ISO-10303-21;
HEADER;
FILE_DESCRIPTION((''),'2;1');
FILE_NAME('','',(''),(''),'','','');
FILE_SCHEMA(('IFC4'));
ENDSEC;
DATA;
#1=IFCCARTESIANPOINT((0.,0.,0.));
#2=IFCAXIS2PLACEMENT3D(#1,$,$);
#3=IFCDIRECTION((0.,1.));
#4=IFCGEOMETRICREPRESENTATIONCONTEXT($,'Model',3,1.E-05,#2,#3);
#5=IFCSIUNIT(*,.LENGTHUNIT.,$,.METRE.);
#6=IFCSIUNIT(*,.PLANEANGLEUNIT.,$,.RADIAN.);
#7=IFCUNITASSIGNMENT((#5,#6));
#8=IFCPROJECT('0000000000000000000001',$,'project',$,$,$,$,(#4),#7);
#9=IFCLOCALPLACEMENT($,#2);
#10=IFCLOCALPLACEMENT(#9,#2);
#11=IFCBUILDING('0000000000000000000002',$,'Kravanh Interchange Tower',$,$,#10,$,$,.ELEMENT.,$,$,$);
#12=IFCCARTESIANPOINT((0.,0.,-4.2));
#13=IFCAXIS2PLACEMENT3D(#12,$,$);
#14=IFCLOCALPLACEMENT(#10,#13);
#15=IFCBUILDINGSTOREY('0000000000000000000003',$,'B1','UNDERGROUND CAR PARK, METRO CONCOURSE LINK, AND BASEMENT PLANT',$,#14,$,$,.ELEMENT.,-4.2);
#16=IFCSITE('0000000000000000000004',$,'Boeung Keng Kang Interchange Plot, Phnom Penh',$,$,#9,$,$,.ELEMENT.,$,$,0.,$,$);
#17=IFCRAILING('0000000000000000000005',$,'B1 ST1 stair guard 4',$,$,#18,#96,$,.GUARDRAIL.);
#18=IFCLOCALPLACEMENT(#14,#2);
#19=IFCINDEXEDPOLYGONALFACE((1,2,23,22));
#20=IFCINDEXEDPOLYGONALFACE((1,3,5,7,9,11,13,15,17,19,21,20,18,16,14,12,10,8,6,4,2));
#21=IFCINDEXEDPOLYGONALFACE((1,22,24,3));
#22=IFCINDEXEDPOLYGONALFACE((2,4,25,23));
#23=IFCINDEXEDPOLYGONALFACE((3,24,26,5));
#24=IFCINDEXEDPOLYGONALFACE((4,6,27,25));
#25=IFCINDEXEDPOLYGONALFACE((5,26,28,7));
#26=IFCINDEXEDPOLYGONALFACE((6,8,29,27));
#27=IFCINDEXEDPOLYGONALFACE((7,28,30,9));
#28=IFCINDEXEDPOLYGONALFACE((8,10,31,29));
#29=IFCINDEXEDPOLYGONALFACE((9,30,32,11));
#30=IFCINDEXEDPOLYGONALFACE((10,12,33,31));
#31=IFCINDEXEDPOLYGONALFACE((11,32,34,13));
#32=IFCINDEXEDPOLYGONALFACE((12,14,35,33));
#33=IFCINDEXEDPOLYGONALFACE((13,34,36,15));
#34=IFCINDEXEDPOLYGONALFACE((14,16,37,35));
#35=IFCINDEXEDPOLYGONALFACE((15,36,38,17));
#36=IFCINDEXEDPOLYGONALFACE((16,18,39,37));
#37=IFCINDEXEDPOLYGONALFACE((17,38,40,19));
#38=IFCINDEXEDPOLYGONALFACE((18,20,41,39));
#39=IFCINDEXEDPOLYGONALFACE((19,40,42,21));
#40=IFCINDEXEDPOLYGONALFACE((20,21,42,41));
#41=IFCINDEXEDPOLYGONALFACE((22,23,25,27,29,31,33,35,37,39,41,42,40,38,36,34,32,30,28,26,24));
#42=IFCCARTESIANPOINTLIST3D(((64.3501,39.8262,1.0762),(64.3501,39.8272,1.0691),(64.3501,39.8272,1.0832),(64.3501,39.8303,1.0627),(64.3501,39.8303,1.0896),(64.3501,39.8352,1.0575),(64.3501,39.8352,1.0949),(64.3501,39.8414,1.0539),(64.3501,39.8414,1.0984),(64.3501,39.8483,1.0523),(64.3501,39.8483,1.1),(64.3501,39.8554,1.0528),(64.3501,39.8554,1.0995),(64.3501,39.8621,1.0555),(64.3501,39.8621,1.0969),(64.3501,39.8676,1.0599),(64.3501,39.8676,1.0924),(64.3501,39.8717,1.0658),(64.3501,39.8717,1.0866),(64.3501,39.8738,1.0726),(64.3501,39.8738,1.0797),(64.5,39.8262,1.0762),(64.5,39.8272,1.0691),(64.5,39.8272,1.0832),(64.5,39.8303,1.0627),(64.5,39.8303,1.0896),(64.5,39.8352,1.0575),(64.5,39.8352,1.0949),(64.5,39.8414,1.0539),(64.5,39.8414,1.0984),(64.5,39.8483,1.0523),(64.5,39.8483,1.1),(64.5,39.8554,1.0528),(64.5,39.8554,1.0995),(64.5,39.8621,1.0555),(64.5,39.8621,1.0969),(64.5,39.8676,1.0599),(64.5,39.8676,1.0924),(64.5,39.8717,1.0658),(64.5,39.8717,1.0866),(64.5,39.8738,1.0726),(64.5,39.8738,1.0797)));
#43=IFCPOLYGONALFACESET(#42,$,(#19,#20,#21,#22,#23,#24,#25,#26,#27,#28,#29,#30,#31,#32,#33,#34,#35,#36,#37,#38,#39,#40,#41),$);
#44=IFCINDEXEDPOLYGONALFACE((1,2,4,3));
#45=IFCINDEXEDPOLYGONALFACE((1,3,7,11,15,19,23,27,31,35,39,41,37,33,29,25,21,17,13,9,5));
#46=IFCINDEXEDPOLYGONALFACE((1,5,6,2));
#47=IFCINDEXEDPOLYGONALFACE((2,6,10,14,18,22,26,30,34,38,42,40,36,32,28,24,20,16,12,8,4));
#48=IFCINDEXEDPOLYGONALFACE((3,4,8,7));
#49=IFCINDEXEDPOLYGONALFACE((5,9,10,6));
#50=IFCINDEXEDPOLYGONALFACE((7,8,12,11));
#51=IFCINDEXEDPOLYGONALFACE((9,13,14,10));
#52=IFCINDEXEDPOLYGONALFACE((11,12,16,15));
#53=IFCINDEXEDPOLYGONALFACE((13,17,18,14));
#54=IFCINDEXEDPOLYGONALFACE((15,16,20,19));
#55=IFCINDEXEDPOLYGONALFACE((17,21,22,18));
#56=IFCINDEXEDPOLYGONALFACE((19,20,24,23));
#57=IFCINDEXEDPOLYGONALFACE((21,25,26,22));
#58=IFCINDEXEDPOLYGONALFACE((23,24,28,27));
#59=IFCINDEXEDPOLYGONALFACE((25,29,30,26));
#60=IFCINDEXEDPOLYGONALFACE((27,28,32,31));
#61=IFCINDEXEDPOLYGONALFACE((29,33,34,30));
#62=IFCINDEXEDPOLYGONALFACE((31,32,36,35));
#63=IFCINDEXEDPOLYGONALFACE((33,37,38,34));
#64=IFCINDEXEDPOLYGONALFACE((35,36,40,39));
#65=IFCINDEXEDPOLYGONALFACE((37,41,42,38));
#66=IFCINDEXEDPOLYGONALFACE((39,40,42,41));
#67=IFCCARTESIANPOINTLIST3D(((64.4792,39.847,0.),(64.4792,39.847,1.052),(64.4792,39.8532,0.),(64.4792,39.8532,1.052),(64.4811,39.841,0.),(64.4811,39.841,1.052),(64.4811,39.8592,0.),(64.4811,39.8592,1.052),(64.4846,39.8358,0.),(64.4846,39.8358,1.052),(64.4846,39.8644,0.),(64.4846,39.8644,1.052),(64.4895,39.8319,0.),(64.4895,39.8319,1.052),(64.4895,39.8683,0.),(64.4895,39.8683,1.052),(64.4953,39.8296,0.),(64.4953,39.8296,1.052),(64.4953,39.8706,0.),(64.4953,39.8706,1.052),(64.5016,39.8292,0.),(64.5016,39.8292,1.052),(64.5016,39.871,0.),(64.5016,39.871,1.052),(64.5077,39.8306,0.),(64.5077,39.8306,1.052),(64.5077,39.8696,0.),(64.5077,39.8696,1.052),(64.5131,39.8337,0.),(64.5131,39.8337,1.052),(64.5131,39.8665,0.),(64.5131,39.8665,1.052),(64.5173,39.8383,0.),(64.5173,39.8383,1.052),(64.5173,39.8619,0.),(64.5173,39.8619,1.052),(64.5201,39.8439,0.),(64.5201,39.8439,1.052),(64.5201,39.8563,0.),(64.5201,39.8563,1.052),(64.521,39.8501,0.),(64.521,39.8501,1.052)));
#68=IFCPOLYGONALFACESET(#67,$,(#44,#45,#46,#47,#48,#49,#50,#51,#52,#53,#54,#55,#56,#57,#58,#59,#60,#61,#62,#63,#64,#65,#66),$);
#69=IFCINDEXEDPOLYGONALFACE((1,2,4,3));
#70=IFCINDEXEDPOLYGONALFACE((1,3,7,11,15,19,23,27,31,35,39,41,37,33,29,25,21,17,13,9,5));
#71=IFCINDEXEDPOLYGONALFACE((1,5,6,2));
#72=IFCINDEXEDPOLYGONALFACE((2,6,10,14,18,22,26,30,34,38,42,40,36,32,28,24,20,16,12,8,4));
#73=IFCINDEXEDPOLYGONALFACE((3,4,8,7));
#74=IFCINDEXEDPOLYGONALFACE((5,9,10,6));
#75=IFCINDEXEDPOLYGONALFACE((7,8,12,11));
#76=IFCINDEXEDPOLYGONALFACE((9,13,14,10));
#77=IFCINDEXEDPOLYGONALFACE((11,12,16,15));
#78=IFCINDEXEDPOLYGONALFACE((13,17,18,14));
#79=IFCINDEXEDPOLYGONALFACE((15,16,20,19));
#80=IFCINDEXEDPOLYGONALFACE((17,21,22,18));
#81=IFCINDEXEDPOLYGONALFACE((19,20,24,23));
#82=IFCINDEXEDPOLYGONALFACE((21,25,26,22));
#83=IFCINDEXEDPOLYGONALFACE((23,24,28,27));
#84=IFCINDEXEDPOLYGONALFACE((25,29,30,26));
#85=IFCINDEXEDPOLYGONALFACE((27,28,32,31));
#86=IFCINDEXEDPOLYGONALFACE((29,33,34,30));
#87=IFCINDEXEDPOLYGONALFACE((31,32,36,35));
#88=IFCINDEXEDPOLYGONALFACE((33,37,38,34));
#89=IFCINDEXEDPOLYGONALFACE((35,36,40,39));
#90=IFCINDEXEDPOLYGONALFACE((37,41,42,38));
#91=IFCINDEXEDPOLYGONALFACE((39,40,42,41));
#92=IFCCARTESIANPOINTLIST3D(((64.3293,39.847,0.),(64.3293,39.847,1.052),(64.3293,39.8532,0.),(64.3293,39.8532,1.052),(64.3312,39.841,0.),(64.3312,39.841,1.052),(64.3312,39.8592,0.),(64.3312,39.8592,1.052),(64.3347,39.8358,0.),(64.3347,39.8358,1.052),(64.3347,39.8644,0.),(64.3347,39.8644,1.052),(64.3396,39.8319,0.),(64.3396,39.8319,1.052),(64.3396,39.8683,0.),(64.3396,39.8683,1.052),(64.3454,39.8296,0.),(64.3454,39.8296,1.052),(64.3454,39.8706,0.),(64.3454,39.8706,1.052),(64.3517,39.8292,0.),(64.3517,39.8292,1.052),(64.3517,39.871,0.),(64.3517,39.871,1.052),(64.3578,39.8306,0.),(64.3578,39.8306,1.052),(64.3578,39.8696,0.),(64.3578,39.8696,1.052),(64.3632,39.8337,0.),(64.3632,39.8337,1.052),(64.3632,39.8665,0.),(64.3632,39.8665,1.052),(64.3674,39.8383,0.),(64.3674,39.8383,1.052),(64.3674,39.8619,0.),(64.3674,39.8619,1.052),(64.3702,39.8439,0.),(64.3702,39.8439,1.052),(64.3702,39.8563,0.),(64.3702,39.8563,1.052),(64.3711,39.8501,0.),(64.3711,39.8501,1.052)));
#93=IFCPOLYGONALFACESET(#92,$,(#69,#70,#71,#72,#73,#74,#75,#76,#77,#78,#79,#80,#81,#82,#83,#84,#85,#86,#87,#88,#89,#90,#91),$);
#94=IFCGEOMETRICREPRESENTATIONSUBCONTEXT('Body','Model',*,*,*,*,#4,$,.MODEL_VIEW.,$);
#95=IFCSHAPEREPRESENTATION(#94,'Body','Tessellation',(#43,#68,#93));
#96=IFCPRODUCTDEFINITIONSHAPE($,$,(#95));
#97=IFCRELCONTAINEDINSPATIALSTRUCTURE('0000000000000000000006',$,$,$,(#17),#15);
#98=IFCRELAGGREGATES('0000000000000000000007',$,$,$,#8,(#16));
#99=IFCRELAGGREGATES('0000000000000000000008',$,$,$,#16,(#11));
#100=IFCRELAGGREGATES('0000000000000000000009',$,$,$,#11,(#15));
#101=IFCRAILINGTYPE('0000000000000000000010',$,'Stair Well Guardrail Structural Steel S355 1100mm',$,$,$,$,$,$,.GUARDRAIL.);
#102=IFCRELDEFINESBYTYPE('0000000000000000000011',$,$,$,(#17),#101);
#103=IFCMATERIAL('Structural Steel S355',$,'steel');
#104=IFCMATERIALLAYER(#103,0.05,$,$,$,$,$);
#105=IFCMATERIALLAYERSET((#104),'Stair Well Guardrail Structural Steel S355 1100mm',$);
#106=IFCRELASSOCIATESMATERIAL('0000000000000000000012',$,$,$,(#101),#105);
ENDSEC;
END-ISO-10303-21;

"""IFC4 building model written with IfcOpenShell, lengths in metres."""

from ifc_helpers import new_model, si_unit, direction, frame, origin, origin_2d, place, context, subcontext, project, spatial, circle, extrude, material, layer, layer_set, type_object, element, save


model = new_model("IFC4")

# Units and contexts
model_context = context("Model", 3, precision=1e-05, world=origin(), true_north=direction((0.0, 1.0)))
body_context = subcontext(model_context, "Body", "Model", "MODEL_VIEW")
ifc_project = project(units=[si_unit("LENGTHUNIT", "METRE"), si_unit("PLANEANGLEUNIT", "RADIAN")], contexts=[model_context])

# Site, building, storey
site_placement = place(None, origin())
site = spatial("IfcSite", under=ifc_project, at=site_placement, Name="Boeung Keng Kang Interchange Plot, Phnom Penh", CompositionType="ELEMENT", RefElevation=0.0)
building_placement = place(site_placement, origin())
building = spatial("IfcBuilding", under=site, at=building_placement, Name="Kravanh Interchange Tower", CompositionType="ELEMENT")
storey_placement = place(building_placement, frame((0.0, 0.0, -4.2)))
storey = spatial("IfcBuildingStorey", under=building, at=storey_placement, Name="B1", Description="UNDERGROUND CAR PARK, METRO CONCOURSE LINK, AND BASEMENT PLANT", CompositionType="ELEMENT", Elevation=-4.2)

# Railing
ifc_material_1 = material(Name="Structural Steel S355", Category="steel")
ifc_layer_1 = layer(ifc_material_1, 0.05)
ifc_layer_set_1 = layer_set([ifc_layer_1], Name="Stair Well Guardrail Structural Steel S355 1100mm")
railing_type_1 = type_object("IfcRailingType", Name="Stair Well Guardrail Structural Steel S355 1100mm", PredefinedType="GUARDRAIL", material=ifc_layer_set_1)
railing_1_placement = place(storey_placement, frame((64.5, 39.8501, 0.0)))
element("IfcRailing", 1, at=railing_1_placement, inside=storey, type_object=railing_type_1, Name="B1 ST1 stair guard 4", PredefinedType="GUARDRAIL", context=body_context, shape_type="SweptSolid", body=[
    extrude(circle(Radius=0.0239, at=origin_2d()), frame((0.0, 0.0, 1.0762), z_axis=(-1.0, 0.0, 0.0), x_axis=(0.0, -1.0, 0.0)), (0.0, 0.0, 1.0), 0.1499),
    extrude(circle(Radius=0.021, at=origin_2d()), origin(), (0.0, 0.0, 1.0), 1.052),
    extrude(circle(Radius=0.021, at=origin_2d()), frame((-0.1499, 0.0, 0.0)), (0.0, 0.0, 1.0), 1.052),
])

save(model, "model.ifc")
